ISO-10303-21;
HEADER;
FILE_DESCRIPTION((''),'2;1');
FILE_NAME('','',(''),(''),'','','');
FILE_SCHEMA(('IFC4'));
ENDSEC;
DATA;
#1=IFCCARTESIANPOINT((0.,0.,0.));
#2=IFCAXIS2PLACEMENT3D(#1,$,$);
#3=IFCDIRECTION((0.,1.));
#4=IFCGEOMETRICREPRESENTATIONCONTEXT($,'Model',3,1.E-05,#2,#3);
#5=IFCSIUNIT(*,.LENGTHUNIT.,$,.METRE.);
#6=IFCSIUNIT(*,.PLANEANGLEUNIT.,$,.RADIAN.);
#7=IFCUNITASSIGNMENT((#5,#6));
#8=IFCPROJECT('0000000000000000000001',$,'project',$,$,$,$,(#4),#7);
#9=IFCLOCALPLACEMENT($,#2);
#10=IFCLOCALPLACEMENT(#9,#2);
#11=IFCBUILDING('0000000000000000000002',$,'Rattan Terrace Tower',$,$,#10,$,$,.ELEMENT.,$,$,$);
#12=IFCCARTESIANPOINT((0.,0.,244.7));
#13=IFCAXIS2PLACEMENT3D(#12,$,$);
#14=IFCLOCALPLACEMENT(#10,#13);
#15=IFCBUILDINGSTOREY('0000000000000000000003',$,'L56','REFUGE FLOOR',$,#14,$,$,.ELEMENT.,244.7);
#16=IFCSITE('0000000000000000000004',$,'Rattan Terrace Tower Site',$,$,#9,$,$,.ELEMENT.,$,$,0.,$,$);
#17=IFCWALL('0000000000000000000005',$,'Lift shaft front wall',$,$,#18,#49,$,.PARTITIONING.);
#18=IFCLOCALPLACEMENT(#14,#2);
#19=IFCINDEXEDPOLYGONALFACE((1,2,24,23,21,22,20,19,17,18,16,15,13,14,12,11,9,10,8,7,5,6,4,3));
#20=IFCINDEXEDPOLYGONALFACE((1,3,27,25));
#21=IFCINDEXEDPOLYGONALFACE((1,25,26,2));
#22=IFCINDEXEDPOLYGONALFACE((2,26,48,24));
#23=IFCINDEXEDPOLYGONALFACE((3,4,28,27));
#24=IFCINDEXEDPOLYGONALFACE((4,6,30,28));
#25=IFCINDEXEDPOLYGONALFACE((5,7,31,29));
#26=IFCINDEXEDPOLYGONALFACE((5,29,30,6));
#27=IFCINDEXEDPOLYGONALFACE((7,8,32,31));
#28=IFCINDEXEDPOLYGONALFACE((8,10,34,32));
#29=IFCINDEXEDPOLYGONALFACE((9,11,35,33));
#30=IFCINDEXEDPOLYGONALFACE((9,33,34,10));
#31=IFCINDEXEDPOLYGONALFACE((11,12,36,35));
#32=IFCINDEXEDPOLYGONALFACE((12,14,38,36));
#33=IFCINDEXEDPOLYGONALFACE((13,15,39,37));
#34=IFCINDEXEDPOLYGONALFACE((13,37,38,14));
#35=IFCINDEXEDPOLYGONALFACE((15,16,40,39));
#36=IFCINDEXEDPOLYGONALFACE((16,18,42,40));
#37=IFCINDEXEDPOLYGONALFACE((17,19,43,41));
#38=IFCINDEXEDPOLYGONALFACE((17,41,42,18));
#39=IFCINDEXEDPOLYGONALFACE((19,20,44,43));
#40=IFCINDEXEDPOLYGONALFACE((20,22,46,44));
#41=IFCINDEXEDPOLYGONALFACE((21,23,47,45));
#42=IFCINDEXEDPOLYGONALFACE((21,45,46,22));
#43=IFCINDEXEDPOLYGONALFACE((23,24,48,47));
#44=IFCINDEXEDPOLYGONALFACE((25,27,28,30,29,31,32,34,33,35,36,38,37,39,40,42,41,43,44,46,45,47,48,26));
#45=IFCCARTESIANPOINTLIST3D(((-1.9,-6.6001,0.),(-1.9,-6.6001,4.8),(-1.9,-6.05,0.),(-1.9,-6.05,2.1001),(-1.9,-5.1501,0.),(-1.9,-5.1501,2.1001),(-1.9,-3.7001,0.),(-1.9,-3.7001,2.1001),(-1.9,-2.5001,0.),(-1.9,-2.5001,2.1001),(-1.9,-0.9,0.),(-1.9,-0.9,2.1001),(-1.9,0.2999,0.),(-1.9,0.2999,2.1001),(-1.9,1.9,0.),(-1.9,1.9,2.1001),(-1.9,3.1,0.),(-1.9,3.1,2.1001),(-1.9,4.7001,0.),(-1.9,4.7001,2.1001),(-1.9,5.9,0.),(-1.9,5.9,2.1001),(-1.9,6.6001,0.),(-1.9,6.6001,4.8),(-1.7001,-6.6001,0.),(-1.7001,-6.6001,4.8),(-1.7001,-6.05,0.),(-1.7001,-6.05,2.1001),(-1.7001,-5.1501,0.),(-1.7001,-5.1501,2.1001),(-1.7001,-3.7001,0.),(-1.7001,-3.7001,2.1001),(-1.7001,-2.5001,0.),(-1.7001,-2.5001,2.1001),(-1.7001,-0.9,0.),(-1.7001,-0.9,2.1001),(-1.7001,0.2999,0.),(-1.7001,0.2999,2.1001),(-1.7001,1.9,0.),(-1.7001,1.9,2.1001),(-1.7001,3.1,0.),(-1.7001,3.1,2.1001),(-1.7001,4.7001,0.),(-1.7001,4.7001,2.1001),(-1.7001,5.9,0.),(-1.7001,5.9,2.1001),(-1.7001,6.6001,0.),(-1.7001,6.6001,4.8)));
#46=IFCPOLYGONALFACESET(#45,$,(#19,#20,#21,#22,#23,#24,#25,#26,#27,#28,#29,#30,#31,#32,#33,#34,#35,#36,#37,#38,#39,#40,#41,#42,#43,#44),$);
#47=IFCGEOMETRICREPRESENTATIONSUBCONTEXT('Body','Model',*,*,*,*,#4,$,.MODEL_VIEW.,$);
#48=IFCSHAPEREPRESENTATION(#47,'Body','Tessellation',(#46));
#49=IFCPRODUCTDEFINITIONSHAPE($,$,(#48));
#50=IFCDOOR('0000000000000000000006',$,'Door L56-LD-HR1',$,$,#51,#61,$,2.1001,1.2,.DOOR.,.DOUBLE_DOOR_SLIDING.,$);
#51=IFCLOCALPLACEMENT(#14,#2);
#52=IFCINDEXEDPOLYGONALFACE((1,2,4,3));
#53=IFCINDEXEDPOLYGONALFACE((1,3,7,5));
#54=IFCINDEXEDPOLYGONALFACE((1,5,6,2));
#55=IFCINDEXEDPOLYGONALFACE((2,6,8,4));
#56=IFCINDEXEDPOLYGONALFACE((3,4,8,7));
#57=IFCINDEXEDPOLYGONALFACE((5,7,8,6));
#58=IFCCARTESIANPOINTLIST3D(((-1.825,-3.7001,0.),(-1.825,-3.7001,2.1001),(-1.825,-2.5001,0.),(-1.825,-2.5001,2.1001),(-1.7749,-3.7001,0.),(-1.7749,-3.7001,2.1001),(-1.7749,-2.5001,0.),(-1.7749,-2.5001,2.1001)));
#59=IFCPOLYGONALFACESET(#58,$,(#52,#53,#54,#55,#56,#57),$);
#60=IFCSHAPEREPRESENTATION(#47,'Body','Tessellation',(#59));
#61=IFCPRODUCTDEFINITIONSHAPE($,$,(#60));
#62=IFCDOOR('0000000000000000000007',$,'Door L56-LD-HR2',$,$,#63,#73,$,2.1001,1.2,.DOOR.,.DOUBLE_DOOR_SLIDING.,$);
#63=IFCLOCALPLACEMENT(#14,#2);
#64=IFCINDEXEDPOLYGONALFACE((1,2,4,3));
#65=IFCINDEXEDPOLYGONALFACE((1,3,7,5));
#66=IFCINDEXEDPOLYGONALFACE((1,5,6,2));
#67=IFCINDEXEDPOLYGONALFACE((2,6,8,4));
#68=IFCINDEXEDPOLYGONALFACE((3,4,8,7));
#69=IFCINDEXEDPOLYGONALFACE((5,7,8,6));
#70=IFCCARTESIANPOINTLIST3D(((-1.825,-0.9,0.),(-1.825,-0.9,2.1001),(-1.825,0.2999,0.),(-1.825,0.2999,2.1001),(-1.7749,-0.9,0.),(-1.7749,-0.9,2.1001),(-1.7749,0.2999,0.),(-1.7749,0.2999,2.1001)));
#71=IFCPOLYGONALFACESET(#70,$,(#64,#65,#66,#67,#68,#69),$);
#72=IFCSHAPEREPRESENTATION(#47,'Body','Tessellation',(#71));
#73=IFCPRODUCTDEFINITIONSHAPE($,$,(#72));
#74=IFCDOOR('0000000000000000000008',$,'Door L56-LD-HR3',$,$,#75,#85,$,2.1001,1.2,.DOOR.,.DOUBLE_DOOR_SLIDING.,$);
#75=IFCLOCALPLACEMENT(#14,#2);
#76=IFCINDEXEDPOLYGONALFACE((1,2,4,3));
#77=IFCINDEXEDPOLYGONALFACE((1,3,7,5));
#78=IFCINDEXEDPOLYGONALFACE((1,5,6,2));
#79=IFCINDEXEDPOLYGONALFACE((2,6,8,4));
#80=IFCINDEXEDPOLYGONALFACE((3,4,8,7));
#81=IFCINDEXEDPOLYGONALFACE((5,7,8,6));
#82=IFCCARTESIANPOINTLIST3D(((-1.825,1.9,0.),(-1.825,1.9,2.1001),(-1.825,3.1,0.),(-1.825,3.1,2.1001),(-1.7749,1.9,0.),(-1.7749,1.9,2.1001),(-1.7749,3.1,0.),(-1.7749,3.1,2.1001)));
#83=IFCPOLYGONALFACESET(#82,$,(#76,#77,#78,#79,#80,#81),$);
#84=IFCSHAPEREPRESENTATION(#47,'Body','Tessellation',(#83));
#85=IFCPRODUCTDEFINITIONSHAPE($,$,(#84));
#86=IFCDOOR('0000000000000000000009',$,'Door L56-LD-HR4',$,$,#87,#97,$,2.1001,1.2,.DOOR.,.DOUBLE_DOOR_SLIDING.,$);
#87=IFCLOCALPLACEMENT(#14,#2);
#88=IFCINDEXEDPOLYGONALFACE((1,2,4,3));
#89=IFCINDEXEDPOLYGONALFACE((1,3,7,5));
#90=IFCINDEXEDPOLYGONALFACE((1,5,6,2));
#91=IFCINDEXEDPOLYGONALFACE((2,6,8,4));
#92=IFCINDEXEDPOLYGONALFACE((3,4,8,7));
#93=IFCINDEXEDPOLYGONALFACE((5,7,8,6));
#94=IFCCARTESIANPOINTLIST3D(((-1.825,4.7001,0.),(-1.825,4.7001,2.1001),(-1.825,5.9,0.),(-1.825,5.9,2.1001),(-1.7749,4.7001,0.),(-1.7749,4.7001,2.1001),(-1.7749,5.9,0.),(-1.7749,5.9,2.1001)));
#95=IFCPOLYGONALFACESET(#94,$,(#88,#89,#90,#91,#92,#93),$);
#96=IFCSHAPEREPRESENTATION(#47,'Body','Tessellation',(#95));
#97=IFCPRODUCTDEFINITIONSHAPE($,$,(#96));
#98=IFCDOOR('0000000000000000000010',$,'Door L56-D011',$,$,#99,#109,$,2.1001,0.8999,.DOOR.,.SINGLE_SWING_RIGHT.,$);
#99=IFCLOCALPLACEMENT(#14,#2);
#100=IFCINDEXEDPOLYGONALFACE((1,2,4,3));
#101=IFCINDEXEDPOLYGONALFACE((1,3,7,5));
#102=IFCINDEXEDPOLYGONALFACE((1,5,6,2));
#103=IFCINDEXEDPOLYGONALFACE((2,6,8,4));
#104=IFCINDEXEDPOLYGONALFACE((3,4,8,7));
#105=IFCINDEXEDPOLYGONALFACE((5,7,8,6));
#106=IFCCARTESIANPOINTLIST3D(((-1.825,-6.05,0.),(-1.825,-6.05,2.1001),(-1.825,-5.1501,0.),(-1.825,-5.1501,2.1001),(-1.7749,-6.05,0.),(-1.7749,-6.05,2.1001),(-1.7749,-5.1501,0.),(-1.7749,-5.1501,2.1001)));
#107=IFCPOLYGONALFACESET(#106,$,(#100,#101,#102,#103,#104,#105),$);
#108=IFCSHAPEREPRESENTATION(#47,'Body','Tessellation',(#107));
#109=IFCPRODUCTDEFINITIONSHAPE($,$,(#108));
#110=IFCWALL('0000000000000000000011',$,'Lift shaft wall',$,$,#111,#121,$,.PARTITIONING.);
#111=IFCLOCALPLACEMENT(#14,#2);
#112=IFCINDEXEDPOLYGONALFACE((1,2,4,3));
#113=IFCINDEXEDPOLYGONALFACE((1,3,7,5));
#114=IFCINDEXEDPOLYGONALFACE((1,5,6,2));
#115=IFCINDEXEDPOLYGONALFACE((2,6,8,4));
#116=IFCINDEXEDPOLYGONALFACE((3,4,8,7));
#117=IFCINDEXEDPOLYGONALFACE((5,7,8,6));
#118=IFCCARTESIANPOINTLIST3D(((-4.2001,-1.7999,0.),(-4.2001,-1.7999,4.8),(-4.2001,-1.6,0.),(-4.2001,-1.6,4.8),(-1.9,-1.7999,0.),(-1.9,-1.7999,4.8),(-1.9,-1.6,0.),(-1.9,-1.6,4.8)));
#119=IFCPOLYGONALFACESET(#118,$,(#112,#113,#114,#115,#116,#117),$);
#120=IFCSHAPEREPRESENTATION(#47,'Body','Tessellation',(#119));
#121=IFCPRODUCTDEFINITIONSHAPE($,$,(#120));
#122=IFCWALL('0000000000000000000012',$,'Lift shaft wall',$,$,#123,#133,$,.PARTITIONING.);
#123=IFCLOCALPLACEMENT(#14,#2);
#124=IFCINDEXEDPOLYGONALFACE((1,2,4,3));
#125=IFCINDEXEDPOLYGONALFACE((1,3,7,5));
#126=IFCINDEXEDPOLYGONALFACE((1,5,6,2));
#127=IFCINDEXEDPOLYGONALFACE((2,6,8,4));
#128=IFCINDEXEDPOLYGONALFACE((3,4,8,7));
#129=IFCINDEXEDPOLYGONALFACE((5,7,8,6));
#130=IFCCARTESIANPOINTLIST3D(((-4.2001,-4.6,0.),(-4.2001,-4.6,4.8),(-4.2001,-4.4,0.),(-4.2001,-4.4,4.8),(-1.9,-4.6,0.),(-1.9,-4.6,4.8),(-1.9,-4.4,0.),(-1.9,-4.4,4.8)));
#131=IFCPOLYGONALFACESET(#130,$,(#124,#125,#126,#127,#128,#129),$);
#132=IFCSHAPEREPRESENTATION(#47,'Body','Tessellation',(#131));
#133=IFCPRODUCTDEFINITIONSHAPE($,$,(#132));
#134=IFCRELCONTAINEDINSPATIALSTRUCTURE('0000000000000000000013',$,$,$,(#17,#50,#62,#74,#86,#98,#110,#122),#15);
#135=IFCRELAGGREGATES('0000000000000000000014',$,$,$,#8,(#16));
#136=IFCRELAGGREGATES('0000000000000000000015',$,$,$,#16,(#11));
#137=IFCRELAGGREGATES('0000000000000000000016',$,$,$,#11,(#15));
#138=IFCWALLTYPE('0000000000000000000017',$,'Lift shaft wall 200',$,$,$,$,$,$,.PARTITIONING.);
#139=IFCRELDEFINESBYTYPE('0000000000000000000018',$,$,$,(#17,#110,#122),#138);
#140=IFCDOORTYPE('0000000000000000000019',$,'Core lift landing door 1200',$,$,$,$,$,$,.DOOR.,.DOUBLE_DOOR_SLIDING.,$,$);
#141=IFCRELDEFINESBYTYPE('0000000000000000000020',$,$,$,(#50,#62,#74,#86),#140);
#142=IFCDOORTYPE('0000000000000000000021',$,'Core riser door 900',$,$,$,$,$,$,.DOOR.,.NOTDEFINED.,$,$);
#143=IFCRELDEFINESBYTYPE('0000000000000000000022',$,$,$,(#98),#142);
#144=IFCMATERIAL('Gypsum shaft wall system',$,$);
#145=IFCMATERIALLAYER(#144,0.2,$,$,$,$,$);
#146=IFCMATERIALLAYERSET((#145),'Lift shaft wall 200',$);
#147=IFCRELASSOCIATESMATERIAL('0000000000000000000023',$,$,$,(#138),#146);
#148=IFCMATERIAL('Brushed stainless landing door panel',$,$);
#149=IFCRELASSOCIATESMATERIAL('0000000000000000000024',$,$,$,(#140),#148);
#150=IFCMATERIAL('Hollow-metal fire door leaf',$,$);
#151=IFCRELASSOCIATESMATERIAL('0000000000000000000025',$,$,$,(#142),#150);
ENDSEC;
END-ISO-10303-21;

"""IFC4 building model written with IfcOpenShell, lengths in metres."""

from ifc_helpers import new_model, si_unit, direction, frame, frame_2d, origin, place, context, subcontext, project, spatial, rectangle, extrude, material, layer, layer_set, type_object, element, fill, save


model = new_model("IFC4")

# Units and contexts
model_context = context("Model", 3, precision=1e-05, world=origin(), true_north=direction((0.0, 1.0)))
body_context = subcontext(model_context, "Body", "Model", "MODEL_VIEW")
ifc_project = project(units=[si_unit("LENGTHUNIT", "METRE"), si_unit("PLANEANGLEUNIT", "RADIAN")], contexts=[model_context])

# Site, building, storey
site_placement = place(None, origin())
site = spatial("IfcSite", under=ifc_project, at=site_placement, Name="Rattan Terrace Tower Site", CompositionType="ELEMENT", RefElevation=0.0)
building_placement = place(site_placement, origin())
building = spatial("IfcBuilding", under=site, at=building_placement, Name="Rattan Terrace Tower", CompositionType="ELEMENT")
storey_placement = place(building_placement, frame((0.0, 0.0, 244.7)))
storey = spatial("IfcBuildingStorey", under=building, at=storey_placement, Name="L56", Description="REFUGE FLOOR", CompositionType="ELEMENT", Elevation=244.7)

# Wall, openings, doors
ifc_material_1 = material(Name="Gypsum shaft wall system")
ifc_layer_1 = layer(ifc_material_1, 0.2)
ifc_layer_set_1 = layer_set([ifc_layer_1], Name="Lift shaft wall 200")
wall_type_1 = type_object("IfcWallType", Name="Lift shaft wall 200", PredefinedType="PARTITIONING", material=ifc_layer_set_1)
wall_1_placement = place(storey_placement, frame((-1.8, -6.6001, 0.0), z_axis=(0.0, 0.0, 1.0), x_axis=(0.0, 1.0, 0.0)))
wall_1 = element("IfcWall", 1, at=wall_1_placement, inside=storey, type_object=wall_type_1, Name="Lift shaft front wall", PredefinedType="PARTITIONING", context=body_context, shape_type="SweptSolid", body=[
    extrude(rectangle(XDim=13.2002, YDim=0.2, at=frame_2d((6.6001, 0.0))), origin(), (0.0, 0.0, 1.0), 4.8),
])
opening_1_placement = place(wall_1_placement, frame((0.55, 0.0, 0.0)))
opening_1 = element("IfcOpeningElement", 2, at=opening_1_placement, cuts=wall_1, PredefinedType="OPENING", context=body_context, shape_type="SweptSolid", body=[
    extrude(rectangle(XDim=0.8999, YDim=2.1001, at=frame_2d((0.45, 1.05))), frame((0.0, 0.1106, 0.0), z_axis=(0.0, -1.0, 0.0), x_axis=(1.0, 0.0, 0.0)), (0.0, 0.0, 1.0), 0.2209),
])
opening_2_placement = place(wall_1_placement, frame((2.8999, 0.0, 0.0)))
opening_2 = element("IfcOpeningElement", 3, at=opening_2_placement, cuts=wall_1, PredefinedType="OPENING", context=body_context, shape_type="SweptSolid", body=[
    extrude(rectangle(XDim=1.2, YDim=2.1001, at=frame_2d((0.6001, 1.05))), frame((0.0, 0.1106, 0.0), z_axis=(0.0, -1.0, 0.0), x_axis=(1.0, 0.0, 0.0)), (0.0, 0.0, 1.0), 0.2209),
])
opening_3_placement = place(wall_1_placement, frame((5.7, 0.0, 0.0)))
opening_3 = element("IfcOpeningElement", 4, at=opening_3_placement, cuts=wall_1, PredefinedType="OPENING", context=body_context, shape_type="SweptSolid", body=[
    extrude(rectangle(XDim=1.2, YDim=2.1001, at=frame_2d((0.6001, 1.05))), frame((0.0, 0.1106, 0.0), z_axis=(0.0, -1.0, 0.0), x_axis=(1.0, 0.0, 0.0)), (0.0, 0.0, 1.0), 0.2209),
])
opening_4_placement = place(wall_1_placement, frame((8.5, 0.0, 0.0)))
opening_4 = element("IfcOpeningElement", 5, at=opening_4_placement, cuts=wall_1, PredefinedType="OPENING", context=body_context, shape_type="SweptSolid", body=[
    extrude(rectangle(XDim=1.2, YDim=2.1001, at=frame_2d((0.6001, 1.05))), frame((0.0, 0.1106, 0.0), z_axis=(0.0, -1.0, 0.0), x_axis=(1.0, 0.0, 0.0)), (0.0, 0.0, 1.0), 0.2209),
])
opening_5_placement = place(wall_1_placement, frame((11.3, 0.0, 0.0)))
opening_5 = element("IfcOpeningElement", 6, at=opening_5_placement, cuts=wall_1, PredefinedType="OPENING", context=body_context, shape_type="SweptSolid", body=[
    extrude(rectangle(XDim=1.2, YDim=2.1001, at=frame_2d((0.6001, 1.05))), frame((0.0, 0.1106, 0.0), z_axis=(0.0, -1.0, 0.0), x_axis=(1.0, 0.0, 0.0)), (0.0, 0.0, 1.0), 0.2209),
])
ifc_material_2 = material(Name="Brushed stainless landing door panel")
door_type_1 = type_object("IfcDoorType", Name="Core lift landing door 1200", OperationType="DOUBLE_DOOR_SLIDING", PredefinedType="DOOR", material=ifc_material_2)
door_1_placement = place(opening_2_placement, origin())
door_1 = element("IfcDoor", 7, at=door_1_placement, inside=storey, type_object=door_type_1, Name="Door L56-LD-HR1", OperationType="DOUBLE_DOOR_SLIDING", OverallHeight=2.1001, OverallWidth=1.2, PredefinedType="DOOR", context=body_context, shape_type="SweptSolid", body=[
    extrude(rectangle(XDim=1.2, YDim=2.1001, at=frame_2d((0.6001, 1.05))), frame((0.0, 0.0249, 0.0), z_axis=(0.0, -1.0, 0.0), x_axis=(1.0, 0.0, 0.0)), (0.0, 0.0, 1.0), 0.05),
])
fill(opening_2, door_1)
door_2_placement = place(opening_3_placement, origin())
door_2 = element("IfcDoor", 8, at=door_2_placement, inside=storey, type_object=door_type_1, Name="Door L56-LD-HR2", OperationType="DOUBLE_DOOR_SLIDING", OverallHeight=2.1001, OverallWidth=1.2, PredefinedType="DOOR", context=body_context, shape_type="SweptSolid", body=[
    extrude(rectangle(XDim=1.2, YDim=2.1001, at=frame_2d((0.6001, 1.05))), frame((0.0, 0.0249, 0.0), z_axis=(0.0, -1.0, 0.0), x_axis=(1.0, 0.0, 0.0)), (0.0, 0.0, 1.0), 0.05),
])
fill(opening_3, door_2)
door_3_placement = place(opening_4_placement, origin())
door_3 = element("IfcDoor", 9, at=door_3_placement, inside=storey, type_object=door_type_1, Name="Door L56-LD-HR3", OperationType="DOUBLE_DOOR_SLIDING", OverallHeight=2.1001, OverallWidth=1.2, PredefinedType="DOOR", context=body_context, shape_type="SweptSolid", body=[
    extrude(rectangle(XDim=1.2, YDim=2.1001, at=frame_2d((0.6001, 1.05))), frame((0.0, 0.0249, 0.0), z_axis=(0.0, -1.0, 0.0), x_axis=(1.0, 0.0, 0.0)), (0.0, 0.0, 1.0), 0.05),
])
fill(opening_4, door_3)
door_4_placement = place(opening_5_placement, origin())
door_4 = element("IfcDoor", 10, at=door_4_placement, inside=storey, type_object=door_type_1, Name="Door L56-LD-HR4", OperationType="DOUBLE_DOOR_SLIDING", OverallHeight=2.1001, OverallWidth=1.2, PredefinedType="DOOR", context=body_context, shape_type="SweptSolid", body=[
    extrude(rectangle(XDim=1.2, YDim=2.1001, at=frame_2d((0.6001, 1.05))), frame((0.0, 0.0249, 0.0), z_axis=(0.0, -1.0, 0.0), x_axis=(1.0, 0.0, 0.0)), (0.0, 0.0, 1.0), 0.05),
])
fill(opening_5, door_4)
ifc_material_3 = material(Name="Hollow-metal fire door leaf")
door_type_2 = type_object("IfcDoorType", Name="Core riser door 900", OperationType="NOTDEFINED", PredefinedType="DOOR", material=ifc_material_3)
door_5_placement = place(opening_1_placement, origin())
door_5 = element("IfcDoor", 11, at=door_5_placement, inside=storey, type_object=door_type_2, Name="Door L56-D011", OperationType="SINGLE_SWING_RIGHT", OverallHeight=2.1001, OverallWidth=0.8999, PredefinedType="DOOR", context=body_context, shape_type="SweptSolid", body=[
    extrude(rectangle(XDim=0.8999, YDim=2.1001, at=frame_2d((0.45, 1.05))), frame((0.0, 0.0249, 0.0), z_axis=(0.0, -1.0, 0.0), x_axis=(1.0, 0.0, 0.0)), (0.0, 0.0, 1.0), 0.05),
])
fill(opening_1, door_5)

# Walls
for number, where, z_axis, x_axis, name in (
    (12, (-4.2, -1.7, 0.0), (0.0, 0.0, 1.0), (1.0, 0.0, 0.0), "Lift shaft wall"),
    (13, (-4.2, -4.5, 0.0), (0.0, 0.0, 1.0), (1.0, 0.0, 0.0), "Lift shaft wall"),
):
    element("IfcWall", number, at=place(storey_placement, frame(where, z_axis=z_axis, x_axis=x_axis)), inside=storey, type_object=wall_type_1, Name=name, PredefinedType="PARTITIONING", context=body_context, shape_type="SweptSolid", body=[
        extrude(rectangle(XDim=2.3, YDim=0.2, at=frame_2d((1.1499, 0.0))), origin(), (0.0, 0.0, 1.0), 4.8),
    ])

save(model, "model.ifc")
